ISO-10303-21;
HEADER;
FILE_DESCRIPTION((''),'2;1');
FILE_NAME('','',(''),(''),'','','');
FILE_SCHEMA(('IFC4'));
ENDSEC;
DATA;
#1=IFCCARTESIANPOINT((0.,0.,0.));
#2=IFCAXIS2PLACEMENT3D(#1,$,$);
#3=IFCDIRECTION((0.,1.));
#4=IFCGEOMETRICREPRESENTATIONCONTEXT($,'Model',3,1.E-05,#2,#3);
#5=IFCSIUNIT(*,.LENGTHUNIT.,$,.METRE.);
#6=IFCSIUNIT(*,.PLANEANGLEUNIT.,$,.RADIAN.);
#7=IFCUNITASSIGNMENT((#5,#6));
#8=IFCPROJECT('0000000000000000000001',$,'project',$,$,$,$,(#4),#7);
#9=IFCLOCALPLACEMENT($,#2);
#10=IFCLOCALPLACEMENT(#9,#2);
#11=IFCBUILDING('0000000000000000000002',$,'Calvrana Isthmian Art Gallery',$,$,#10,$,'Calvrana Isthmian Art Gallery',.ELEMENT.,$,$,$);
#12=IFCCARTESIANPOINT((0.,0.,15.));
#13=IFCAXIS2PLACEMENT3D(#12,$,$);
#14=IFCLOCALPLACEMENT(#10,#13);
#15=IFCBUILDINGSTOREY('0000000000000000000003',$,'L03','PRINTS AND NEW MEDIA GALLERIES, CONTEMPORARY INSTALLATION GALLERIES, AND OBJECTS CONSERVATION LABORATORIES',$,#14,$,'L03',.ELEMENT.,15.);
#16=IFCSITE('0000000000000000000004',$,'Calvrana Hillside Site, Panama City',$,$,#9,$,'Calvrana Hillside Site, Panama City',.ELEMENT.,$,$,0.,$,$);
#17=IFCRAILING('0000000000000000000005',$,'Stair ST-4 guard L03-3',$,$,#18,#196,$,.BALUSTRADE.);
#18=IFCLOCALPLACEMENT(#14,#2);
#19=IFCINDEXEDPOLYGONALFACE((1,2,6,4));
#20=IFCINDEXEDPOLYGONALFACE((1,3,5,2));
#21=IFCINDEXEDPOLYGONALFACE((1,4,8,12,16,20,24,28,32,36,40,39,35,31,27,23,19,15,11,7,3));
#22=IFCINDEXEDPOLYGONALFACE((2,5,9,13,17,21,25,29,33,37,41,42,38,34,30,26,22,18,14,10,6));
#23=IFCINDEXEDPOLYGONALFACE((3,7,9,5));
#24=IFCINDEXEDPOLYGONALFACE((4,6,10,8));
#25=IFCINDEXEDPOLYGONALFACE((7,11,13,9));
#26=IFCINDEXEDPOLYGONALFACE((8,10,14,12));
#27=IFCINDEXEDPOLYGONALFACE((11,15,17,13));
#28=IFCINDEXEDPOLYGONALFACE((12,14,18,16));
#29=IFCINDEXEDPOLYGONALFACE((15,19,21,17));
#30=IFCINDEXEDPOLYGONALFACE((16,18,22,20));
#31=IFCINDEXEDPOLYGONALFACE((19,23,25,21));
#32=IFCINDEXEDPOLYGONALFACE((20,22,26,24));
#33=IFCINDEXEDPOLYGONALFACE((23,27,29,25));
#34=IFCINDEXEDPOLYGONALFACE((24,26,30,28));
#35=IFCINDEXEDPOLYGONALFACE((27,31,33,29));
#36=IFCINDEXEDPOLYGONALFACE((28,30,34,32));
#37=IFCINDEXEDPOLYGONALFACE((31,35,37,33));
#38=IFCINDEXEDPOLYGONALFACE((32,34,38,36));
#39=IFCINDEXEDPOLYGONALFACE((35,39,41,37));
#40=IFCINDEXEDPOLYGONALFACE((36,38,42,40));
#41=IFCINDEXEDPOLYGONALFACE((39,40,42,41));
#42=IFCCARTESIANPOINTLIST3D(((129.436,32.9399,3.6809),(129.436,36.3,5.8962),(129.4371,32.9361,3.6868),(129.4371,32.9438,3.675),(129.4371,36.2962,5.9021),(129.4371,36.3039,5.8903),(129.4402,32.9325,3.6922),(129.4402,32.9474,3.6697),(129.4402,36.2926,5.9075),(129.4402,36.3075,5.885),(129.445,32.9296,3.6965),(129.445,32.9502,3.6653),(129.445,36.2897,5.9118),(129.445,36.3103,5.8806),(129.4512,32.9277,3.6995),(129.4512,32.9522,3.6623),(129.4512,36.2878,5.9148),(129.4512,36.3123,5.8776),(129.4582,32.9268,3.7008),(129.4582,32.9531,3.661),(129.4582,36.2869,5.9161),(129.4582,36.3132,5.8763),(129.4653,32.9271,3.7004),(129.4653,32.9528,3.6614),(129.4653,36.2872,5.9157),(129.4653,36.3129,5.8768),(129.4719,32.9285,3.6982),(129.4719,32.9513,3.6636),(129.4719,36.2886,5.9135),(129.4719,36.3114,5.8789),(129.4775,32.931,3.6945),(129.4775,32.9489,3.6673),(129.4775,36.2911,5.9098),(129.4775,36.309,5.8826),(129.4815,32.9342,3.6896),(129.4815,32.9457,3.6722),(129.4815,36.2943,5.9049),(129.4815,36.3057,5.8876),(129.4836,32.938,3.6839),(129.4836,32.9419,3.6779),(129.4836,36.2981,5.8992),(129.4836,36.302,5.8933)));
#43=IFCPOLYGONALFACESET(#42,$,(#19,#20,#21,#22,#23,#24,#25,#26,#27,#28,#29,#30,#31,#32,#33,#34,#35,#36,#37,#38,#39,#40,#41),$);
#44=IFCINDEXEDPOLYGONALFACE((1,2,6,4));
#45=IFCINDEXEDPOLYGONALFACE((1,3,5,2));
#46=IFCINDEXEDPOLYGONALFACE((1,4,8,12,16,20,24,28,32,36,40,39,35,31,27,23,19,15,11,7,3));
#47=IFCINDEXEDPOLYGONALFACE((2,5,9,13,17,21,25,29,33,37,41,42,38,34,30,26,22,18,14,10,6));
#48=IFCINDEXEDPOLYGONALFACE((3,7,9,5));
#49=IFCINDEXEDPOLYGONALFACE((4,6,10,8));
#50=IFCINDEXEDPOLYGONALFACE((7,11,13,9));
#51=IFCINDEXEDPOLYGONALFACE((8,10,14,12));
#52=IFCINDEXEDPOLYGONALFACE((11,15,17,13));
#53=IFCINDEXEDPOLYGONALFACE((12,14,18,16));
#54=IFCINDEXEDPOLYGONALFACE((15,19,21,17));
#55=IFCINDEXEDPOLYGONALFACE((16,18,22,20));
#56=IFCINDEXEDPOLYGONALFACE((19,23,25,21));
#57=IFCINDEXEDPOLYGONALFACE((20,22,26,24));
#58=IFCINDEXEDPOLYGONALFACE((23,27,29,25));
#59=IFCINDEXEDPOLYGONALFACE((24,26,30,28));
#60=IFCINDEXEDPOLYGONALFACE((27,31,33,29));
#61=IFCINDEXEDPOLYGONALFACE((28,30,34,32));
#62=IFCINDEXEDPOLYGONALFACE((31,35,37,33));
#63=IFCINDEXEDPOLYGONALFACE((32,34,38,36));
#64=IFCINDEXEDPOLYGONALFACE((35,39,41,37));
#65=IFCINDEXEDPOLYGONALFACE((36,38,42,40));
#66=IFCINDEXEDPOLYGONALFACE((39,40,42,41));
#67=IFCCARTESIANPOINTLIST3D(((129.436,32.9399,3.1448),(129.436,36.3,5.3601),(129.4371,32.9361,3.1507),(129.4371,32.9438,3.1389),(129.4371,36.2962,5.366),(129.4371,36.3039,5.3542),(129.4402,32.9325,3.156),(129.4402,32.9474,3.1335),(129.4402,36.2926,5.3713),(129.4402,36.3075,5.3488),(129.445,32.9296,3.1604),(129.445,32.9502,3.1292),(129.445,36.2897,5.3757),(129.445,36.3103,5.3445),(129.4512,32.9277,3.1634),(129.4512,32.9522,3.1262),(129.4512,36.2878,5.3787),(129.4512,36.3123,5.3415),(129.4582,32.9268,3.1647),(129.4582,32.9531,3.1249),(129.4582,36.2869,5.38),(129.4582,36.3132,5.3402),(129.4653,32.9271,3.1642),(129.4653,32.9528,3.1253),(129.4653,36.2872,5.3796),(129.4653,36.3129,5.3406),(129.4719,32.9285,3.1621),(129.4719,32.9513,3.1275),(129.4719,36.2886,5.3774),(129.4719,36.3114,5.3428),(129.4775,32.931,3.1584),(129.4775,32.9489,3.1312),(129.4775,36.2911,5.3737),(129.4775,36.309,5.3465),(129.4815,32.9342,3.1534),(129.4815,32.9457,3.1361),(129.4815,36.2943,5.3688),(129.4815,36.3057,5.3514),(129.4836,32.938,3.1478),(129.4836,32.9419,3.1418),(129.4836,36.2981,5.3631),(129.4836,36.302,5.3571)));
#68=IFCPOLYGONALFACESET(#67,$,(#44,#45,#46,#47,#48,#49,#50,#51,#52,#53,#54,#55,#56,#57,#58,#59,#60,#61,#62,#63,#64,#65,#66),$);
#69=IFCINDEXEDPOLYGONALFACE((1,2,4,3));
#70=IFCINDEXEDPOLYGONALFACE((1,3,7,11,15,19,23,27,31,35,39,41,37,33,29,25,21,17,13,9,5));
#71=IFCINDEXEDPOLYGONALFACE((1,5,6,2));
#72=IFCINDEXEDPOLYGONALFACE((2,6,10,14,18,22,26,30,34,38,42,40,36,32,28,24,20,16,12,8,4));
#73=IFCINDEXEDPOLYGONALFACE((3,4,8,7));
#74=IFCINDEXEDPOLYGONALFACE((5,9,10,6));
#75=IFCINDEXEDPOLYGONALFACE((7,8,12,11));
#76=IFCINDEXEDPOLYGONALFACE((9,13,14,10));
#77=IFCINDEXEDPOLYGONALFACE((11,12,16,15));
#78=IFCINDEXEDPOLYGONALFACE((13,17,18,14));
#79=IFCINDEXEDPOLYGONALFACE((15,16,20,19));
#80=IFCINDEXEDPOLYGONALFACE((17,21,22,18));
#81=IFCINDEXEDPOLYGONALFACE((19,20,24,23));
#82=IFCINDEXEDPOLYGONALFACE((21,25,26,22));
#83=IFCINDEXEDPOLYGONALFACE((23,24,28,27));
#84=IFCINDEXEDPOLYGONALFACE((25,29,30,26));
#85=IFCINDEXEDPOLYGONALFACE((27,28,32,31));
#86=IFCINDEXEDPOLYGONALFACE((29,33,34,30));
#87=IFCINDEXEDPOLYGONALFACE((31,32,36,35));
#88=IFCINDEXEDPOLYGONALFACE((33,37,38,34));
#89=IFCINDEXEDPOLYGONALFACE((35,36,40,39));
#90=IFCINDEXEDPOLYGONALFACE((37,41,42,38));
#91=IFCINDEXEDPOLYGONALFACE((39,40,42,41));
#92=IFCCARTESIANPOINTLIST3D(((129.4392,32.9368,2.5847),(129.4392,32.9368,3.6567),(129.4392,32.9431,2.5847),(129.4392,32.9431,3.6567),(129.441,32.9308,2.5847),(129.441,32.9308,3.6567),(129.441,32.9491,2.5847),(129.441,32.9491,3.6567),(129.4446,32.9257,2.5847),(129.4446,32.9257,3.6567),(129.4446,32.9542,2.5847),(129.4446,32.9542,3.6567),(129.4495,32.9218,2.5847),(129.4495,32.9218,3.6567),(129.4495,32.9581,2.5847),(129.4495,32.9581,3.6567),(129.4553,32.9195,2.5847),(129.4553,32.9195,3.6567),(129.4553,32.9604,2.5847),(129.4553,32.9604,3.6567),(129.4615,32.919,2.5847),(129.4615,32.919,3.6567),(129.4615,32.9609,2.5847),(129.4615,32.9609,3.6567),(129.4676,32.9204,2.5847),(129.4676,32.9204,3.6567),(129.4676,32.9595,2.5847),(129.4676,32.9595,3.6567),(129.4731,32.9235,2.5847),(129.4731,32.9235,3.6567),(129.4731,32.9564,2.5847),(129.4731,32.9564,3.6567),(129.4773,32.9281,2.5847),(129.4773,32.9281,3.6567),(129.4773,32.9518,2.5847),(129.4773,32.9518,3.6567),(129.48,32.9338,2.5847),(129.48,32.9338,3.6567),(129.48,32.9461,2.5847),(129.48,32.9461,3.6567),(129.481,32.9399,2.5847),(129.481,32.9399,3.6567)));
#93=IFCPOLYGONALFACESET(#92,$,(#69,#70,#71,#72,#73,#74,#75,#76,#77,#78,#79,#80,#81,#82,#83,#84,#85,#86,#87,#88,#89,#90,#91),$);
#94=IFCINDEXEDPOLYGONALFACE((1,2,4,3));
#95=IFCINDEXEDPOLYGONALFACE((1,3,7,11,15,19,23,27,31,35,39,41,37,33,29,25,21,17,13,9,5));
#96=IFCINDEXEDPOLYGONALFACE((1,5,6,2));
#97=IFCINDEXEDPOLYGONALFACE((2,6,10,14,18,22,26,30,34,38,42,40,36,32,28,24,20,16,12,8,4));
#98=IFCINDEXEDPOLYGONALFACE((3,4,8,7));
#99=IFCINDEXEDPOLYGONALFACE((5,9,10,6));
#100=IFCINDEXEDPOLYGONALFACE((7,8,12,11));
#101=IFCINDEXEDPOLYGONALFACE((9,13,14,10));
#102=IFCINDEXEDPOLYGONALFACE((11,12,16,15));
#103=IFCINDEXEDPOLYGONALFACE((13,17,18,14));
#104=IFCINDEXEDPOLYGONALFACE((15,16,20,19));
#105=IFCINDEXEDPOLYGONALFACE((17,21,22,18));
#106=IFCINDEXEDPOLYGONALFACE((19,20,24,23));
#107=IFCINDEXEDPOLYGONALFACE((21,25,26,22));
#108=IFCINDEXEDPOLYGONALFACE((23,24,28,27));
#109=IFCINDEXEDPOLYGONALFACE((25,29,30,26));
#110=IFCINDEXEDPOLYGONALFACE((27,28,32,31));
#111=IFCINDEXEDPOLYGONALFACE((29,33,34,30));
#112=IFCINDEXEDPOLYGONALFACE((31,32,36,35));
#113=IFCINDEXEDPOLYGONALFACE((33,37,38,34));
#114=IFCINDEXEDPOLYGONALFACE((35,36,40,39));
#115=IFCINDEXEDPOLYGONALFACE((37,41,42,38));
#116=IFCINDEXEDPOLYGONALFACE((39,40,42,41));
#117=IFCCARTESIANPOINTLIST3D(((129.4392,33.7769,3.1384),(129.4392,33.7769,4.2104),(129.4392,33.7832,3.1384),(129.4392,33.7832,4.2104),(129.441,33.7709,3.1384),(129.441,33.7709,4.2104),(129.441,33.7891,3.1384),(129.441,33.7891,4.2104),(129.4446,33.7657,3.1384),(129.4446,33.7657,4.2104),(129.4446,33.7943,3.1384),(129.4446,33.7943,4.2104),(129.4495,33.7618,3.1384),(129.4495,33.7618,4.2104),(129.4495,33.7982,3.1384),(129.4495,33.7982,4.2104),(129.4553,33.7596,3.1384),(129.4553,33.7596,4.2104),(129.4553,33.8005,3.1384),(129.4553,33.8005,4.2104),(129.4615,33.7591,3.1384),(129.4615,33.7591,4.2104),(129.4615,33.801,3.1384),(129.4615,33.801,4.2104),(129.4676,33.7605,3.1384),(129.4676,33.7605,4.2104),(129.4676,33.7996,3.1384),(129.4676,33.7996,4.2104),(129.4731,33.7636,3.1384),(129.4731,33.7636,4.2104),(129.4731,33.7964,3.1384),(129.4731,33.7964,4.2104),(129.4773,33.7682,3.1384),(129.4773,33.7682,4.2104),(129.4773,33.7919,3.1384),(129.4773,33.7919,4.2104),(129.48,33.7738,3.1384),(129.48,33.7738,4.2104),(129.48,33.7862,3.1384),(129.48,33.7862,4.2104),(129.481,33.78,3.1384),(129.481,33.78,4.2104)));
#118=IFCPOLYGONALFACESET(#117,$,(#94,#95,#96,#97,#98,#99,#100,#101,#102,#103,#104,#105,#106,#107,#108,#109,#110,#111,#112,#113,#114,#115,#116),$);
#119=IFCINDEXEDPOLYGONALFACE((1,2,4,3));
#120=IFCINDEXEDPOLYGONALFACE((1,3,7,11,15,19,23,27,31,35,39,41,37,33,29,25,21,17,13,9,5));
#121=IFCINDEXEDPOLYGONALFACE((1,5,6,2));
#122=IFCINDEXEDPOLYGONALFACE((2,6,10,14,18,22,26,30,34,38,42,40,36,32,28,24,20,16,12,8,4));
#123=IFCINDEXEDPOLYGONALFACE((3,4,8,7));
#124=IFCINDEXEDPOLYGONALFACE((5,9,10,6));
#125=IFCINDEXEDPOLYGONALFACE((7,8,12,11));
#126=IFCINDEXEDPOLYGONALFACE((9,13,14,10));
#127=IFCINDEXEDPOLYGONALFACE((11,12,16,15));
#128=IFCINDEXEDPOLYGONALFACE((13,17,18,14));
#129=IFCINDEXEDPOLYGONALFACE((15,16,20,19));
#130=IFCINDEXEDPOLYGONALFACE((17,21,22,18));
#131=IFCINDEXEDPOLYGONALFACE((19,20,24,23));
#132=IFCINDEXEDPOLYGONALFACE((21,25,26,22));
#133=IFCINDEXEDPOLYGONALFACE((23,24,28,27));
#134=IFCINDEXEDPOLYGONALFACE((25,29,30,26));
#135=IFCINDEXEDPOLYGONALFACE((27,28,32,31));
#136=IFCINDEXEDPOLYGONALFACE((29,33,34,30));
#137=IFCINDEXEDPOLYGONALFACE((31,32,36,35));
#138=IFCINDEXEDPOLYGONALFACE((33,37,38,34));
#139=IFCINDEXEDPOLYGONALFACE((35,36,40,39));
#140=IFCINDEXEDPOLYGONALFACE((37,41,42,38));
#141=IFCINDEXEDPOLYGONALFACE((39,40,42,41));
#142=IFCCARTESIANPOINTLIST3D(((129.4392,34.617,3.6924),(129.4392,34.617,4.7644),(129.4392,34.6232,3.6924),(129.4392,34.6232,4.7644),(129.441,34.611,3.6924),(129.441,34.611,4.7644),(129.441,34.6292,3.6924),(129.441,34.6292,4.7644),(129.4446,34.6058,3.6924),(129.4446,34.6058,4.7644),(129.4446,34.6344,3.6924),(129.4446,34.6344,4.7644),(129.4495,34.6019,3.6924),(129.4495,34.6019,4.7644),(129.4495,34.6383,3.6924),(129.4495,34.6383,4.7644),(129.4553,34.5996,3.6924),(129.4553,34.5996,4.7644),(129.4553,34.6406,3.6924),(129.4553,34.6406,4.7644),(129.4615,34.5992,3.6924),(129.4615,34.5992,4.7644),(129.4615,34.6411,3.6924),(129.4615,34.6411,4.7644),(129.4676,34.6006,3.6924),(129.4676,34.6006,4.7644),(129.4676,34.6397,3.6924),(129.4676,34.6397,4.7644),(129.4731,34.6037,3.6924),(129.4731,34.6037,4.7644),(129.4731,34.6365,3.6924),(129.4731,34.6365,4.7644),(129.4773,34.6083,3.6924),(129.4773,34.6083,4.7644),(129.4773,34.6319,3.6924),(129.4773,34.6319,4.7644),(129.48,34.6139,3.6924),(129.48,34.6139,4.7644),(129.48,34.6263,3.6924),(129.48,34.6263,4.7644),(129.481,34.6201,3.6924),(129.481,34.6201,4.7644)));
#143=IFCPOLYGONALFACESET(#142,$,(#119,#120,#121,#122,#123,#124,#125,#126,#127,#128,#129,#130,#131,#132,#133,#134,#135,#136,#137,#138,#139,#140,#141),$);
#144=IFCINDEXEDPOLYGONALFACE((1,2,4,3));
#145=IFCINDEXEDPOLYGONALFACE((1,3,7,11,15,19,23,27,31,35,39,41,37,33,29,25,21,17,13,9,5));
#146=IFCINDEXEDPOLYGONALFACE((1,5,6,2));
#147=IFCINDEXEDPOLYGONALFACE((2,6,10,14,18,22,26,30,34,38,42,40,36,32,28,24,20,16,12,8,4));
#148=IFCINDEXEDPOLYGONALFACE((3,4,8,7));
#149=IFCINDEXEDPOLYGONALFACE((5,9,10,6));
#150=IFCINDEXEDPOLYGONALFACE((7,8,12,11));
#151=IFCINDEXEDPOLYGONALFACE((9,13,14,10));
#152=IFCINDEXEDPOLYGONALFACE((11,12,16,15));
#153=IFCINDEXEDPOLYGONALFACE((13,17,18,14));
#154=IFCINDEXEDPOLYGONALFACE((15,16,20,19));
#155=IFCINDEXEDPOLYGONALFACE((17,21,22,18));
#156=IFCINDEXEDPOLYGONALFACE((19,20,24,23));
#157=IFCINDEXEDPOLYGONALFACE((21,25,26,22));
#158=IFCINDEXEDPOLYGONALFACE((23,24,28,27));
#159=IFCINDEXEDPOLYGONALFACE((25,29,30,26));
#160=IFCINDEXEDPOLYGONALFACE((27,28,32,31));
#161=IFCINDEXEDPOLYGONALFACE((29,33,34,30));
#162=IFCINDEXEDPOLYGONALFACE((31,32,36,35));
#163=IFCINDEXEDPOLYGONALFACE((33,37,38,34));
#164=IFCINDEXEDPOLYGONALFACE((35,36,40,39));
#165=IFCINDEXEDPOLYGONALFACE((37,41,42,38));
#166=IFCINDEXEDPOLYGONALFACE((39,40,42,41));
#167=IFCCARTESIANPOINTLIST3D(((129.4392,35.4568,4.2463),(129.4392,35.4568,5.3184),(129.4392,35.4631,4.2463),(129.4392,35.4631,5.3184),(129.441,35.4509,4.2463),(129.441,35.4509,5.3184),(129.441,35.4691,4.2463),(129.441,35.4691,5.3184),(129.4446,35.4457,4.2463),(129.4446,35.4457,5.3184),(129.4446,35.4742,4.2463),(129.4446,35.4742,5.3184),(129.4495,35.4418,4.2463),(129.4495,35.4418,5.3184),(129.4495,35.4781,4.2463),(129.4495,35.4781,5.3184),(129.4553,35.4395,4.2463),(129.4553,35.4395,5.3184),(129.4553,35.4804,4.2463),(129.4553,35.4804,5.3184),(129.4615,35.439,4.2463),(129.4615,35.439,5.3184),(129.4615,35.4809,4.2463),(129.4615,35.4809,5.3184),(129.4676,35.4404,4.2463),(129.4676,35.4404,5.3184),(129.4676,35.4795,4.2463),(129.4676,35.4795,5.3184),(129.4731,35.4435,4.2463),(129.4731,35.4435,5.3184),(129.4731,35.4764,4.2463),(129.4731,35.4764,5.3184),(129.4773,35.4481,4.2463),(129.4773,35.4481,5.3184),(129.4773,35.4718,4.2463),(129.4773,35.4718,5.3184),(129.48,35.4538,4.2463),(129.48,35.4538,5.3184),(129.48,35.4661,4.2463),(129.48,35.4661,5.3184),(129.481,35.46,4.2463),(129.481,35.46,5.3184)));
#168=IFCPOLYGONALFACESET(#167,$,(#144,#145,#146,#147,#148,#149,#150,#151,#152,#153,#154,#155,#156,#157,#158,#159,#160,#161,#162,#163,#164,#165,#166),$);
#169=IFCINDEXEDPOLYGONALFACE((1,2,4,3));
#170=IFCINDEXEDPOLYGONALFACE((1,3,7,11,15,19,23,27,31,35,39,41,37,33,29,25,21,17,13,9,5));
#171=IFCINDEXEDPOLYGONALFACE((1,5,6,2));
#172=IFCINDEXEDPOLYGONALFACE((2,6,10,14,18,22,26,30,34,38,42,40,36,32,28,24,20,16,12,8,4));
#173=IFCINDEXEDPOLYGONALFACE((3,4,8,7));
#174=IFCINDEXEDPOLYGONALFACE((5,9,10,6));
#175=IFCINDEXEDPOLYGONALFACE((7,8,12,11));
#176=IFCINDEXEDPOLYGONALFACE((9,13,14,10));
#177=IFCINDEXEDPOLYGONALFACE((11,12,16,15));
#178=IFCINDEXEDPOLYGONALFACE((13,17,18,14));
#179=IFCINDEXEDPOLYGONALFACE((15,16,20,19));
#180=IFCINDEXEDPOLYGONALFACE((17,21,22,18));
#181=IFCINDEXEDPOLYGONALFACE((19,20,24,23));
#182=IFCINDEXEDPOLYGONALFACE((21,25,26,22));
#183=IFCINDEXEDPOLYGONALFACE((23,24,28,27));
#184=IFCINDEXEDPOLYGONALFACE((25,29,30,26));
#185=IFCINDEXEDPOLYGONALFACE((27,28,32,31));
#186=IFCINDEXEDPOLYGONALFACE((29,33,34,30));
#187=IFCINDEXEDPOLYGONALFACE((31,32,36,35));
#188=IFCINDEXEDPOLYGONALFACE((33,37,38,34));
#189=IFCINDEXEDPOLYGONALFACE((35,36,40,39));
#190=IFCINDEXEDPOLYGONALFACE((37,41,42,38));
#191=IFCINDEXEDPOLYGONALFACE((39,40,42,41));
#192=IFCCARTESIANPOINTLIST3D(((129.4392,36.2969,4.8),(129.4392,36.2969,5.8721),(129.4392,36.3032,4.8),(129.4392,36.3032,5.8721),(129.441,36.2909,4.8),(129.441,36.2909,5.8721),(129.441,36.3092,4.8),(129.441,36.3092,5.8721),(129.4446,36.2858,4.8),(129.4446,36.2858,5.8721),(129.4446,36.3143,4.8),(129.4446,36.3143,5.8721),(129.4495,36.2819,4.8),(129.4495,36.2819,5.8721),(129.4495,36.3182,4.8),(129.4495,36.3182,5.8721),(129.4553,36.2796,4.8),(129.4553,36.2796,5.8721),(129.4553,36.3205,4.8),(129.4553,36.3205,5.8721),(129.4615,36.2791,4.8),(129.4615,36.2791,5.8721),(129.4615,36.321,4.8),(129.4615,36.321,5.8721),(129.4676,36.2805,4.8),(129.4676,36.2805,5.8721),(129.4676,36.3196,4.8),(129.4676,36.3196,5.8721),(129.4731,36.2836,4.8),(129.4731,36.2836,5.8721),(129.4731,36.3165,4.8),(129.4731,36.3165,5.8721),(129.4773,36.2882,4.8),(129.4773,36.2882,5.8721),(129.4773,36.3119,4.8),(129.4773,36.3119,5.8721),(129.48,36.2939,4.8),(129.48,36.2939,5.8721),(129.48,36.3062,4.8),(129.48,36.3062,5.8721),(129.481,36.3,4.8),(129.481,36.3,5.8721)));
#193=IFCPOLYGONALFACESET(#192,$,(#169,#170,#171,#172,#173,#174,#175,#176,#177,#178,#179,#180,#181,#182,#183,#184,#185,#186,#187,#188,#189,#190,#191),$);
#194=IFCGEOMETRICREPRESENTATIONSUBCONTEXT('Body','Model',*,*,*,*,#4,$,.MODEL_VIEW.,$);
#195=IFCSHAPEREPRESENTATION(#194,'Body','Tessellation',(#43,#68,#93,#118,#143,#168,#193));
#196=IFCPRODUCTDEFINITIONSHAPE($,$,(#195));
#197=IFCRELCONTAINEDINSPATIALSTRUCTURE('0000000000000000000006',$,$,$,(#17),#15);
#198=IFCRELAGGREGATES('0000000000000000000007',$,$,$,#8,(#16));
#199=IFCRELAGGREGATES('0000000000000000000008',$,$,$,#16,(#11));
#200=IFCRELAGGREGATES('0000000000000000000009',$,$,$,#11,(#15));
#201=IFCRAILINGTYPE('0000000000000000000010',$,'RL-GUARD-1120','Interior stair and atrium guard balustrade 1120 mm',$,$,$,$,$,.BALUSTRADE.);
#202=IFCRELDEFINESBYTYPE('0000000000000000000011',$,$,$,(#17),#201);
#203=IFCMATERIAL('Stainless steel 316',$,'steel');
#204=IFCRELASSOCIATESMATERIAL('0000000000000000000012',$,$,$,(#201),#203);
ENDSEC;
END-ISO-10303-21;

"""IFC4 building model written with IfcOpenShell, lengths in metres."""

from ifc_helpers import new_model, si_unit, direction, frame, origin, origin_2d, place, context, subcontext, project, spatial, circle, extrude, material, type_object, element, save


model = new_model("IFC4")

# Units and contexts
model_context = context("Model", 3, precision=1e-05, world=origin(), true_north=direction((0.0, 1.0)))
body_context = subcontext(model_context, "Body", "Model", "MODEL_VIEW")
ifc_project = project(units=[si_unit("LENGTHUNIT", "METRE"), si_unit("PLANEANGLEUNIT", "RADIAN")], contexts=[model_context])

# Site, building, storey
site_placement = place(None, origin())
site = spatial("IfcSite", under=ifc_project, at=site_placement, Name="Calvrana Hillside Site, Panama City", LongName="Calvrana Hillside Site, Panama City", CompositionType="ELEMENT", RefElevation=0.0)
building_placement = place(site_placement, origin())
building = spatial("IfcBuilding", under=site, at=building_placement, Name="Calvrana Isthmian Art Gallery", LongName="Calvrana Isthmian Art Gallery", CompositionType="ELEMENT")
storey_placement = place(building_placement, frame((0.0, 0.0, 15.0)))
storey = spatial("IfcBuildingStorey", under=building, at=storey_placement, Name="L03", Description="PRINTS AND NEW MEDIA GALLERIES, CONTEMPORARY INSTALLATION GALLERIES, AND OBJECTS CONSERVATION LABORATORIES", LongName="L03", CompositionType="ELEMENT", Elevation=15.0)

# Shared definitions
ifc_material_1 = material(Name="Stainless steel 316", Category="steel")

# Railing
railing_type_1 = type_object("IfcRailingType", Name="RL-GUARD-1120", Description="Interior stair and atrium guard balustrade 1120 mm", PredefinedType="BALUSTRADE", material=ifc_material_1)
railing_1_placement = place(storey_placement, frame((129.46, 32.9399, 2.5847)))
element("IfcRailing", 1, at=railing_1_placement, inside=storey, type_object=railing_type_1, Name="Stair ST-4 guard L03-3", PredefinedType="BALUSTRADE", context=body_context, shape_type="SweptSolid", body=[
    extrude(circle(Radius=0.0239, at=origin_2d()), frame((0.0, 0.0, 1.0962), z_axis=(0.0, 0.834876, 0.550437), x_axis=(-1.0, 0.0, 0.0)), (0.0, 0.0, 1.0), 4.0247),
    extrude(circle(Radius=0.0239, at=origin_2d()), frame((0.0, 0.0, 0.5601), z_axis=(0.0, 0.834876, 0.550437), x_axis=(-1.0, 0.0, 0.0)), (0.0, 0.0, 1.0), 4.0247),
    extrude(circle(Radius=0.021, at=origin_2d()), origin(), (0.0, 0.0, 1.0), 1.072),
    extrude(circle(Radius=0.021, at=origin_2d()), frame((0.0, 0.8401, 0.5537)), (0.0, 0.0, 1.0), 1.072),
    extrude(circle(Radius=0.021, at=origin_2d()), frame((0.0, 1.6802, 1.1077)), (0.0, 0.0, 1.0), 1.072),
    extrude(circle(Radius=0.021, at=origin_2d()), frame((0.0, 2.52, 1.6616)), (0.0, 0.0, 1.0), 1.072),
    extrude(circle(Radius=0.021, at=origin_2d()), frame((0.0, 3.3601, 2.2153)), (0.0, 0.0, 1.0), 1.072),
])

save(model, "model.ifc")
